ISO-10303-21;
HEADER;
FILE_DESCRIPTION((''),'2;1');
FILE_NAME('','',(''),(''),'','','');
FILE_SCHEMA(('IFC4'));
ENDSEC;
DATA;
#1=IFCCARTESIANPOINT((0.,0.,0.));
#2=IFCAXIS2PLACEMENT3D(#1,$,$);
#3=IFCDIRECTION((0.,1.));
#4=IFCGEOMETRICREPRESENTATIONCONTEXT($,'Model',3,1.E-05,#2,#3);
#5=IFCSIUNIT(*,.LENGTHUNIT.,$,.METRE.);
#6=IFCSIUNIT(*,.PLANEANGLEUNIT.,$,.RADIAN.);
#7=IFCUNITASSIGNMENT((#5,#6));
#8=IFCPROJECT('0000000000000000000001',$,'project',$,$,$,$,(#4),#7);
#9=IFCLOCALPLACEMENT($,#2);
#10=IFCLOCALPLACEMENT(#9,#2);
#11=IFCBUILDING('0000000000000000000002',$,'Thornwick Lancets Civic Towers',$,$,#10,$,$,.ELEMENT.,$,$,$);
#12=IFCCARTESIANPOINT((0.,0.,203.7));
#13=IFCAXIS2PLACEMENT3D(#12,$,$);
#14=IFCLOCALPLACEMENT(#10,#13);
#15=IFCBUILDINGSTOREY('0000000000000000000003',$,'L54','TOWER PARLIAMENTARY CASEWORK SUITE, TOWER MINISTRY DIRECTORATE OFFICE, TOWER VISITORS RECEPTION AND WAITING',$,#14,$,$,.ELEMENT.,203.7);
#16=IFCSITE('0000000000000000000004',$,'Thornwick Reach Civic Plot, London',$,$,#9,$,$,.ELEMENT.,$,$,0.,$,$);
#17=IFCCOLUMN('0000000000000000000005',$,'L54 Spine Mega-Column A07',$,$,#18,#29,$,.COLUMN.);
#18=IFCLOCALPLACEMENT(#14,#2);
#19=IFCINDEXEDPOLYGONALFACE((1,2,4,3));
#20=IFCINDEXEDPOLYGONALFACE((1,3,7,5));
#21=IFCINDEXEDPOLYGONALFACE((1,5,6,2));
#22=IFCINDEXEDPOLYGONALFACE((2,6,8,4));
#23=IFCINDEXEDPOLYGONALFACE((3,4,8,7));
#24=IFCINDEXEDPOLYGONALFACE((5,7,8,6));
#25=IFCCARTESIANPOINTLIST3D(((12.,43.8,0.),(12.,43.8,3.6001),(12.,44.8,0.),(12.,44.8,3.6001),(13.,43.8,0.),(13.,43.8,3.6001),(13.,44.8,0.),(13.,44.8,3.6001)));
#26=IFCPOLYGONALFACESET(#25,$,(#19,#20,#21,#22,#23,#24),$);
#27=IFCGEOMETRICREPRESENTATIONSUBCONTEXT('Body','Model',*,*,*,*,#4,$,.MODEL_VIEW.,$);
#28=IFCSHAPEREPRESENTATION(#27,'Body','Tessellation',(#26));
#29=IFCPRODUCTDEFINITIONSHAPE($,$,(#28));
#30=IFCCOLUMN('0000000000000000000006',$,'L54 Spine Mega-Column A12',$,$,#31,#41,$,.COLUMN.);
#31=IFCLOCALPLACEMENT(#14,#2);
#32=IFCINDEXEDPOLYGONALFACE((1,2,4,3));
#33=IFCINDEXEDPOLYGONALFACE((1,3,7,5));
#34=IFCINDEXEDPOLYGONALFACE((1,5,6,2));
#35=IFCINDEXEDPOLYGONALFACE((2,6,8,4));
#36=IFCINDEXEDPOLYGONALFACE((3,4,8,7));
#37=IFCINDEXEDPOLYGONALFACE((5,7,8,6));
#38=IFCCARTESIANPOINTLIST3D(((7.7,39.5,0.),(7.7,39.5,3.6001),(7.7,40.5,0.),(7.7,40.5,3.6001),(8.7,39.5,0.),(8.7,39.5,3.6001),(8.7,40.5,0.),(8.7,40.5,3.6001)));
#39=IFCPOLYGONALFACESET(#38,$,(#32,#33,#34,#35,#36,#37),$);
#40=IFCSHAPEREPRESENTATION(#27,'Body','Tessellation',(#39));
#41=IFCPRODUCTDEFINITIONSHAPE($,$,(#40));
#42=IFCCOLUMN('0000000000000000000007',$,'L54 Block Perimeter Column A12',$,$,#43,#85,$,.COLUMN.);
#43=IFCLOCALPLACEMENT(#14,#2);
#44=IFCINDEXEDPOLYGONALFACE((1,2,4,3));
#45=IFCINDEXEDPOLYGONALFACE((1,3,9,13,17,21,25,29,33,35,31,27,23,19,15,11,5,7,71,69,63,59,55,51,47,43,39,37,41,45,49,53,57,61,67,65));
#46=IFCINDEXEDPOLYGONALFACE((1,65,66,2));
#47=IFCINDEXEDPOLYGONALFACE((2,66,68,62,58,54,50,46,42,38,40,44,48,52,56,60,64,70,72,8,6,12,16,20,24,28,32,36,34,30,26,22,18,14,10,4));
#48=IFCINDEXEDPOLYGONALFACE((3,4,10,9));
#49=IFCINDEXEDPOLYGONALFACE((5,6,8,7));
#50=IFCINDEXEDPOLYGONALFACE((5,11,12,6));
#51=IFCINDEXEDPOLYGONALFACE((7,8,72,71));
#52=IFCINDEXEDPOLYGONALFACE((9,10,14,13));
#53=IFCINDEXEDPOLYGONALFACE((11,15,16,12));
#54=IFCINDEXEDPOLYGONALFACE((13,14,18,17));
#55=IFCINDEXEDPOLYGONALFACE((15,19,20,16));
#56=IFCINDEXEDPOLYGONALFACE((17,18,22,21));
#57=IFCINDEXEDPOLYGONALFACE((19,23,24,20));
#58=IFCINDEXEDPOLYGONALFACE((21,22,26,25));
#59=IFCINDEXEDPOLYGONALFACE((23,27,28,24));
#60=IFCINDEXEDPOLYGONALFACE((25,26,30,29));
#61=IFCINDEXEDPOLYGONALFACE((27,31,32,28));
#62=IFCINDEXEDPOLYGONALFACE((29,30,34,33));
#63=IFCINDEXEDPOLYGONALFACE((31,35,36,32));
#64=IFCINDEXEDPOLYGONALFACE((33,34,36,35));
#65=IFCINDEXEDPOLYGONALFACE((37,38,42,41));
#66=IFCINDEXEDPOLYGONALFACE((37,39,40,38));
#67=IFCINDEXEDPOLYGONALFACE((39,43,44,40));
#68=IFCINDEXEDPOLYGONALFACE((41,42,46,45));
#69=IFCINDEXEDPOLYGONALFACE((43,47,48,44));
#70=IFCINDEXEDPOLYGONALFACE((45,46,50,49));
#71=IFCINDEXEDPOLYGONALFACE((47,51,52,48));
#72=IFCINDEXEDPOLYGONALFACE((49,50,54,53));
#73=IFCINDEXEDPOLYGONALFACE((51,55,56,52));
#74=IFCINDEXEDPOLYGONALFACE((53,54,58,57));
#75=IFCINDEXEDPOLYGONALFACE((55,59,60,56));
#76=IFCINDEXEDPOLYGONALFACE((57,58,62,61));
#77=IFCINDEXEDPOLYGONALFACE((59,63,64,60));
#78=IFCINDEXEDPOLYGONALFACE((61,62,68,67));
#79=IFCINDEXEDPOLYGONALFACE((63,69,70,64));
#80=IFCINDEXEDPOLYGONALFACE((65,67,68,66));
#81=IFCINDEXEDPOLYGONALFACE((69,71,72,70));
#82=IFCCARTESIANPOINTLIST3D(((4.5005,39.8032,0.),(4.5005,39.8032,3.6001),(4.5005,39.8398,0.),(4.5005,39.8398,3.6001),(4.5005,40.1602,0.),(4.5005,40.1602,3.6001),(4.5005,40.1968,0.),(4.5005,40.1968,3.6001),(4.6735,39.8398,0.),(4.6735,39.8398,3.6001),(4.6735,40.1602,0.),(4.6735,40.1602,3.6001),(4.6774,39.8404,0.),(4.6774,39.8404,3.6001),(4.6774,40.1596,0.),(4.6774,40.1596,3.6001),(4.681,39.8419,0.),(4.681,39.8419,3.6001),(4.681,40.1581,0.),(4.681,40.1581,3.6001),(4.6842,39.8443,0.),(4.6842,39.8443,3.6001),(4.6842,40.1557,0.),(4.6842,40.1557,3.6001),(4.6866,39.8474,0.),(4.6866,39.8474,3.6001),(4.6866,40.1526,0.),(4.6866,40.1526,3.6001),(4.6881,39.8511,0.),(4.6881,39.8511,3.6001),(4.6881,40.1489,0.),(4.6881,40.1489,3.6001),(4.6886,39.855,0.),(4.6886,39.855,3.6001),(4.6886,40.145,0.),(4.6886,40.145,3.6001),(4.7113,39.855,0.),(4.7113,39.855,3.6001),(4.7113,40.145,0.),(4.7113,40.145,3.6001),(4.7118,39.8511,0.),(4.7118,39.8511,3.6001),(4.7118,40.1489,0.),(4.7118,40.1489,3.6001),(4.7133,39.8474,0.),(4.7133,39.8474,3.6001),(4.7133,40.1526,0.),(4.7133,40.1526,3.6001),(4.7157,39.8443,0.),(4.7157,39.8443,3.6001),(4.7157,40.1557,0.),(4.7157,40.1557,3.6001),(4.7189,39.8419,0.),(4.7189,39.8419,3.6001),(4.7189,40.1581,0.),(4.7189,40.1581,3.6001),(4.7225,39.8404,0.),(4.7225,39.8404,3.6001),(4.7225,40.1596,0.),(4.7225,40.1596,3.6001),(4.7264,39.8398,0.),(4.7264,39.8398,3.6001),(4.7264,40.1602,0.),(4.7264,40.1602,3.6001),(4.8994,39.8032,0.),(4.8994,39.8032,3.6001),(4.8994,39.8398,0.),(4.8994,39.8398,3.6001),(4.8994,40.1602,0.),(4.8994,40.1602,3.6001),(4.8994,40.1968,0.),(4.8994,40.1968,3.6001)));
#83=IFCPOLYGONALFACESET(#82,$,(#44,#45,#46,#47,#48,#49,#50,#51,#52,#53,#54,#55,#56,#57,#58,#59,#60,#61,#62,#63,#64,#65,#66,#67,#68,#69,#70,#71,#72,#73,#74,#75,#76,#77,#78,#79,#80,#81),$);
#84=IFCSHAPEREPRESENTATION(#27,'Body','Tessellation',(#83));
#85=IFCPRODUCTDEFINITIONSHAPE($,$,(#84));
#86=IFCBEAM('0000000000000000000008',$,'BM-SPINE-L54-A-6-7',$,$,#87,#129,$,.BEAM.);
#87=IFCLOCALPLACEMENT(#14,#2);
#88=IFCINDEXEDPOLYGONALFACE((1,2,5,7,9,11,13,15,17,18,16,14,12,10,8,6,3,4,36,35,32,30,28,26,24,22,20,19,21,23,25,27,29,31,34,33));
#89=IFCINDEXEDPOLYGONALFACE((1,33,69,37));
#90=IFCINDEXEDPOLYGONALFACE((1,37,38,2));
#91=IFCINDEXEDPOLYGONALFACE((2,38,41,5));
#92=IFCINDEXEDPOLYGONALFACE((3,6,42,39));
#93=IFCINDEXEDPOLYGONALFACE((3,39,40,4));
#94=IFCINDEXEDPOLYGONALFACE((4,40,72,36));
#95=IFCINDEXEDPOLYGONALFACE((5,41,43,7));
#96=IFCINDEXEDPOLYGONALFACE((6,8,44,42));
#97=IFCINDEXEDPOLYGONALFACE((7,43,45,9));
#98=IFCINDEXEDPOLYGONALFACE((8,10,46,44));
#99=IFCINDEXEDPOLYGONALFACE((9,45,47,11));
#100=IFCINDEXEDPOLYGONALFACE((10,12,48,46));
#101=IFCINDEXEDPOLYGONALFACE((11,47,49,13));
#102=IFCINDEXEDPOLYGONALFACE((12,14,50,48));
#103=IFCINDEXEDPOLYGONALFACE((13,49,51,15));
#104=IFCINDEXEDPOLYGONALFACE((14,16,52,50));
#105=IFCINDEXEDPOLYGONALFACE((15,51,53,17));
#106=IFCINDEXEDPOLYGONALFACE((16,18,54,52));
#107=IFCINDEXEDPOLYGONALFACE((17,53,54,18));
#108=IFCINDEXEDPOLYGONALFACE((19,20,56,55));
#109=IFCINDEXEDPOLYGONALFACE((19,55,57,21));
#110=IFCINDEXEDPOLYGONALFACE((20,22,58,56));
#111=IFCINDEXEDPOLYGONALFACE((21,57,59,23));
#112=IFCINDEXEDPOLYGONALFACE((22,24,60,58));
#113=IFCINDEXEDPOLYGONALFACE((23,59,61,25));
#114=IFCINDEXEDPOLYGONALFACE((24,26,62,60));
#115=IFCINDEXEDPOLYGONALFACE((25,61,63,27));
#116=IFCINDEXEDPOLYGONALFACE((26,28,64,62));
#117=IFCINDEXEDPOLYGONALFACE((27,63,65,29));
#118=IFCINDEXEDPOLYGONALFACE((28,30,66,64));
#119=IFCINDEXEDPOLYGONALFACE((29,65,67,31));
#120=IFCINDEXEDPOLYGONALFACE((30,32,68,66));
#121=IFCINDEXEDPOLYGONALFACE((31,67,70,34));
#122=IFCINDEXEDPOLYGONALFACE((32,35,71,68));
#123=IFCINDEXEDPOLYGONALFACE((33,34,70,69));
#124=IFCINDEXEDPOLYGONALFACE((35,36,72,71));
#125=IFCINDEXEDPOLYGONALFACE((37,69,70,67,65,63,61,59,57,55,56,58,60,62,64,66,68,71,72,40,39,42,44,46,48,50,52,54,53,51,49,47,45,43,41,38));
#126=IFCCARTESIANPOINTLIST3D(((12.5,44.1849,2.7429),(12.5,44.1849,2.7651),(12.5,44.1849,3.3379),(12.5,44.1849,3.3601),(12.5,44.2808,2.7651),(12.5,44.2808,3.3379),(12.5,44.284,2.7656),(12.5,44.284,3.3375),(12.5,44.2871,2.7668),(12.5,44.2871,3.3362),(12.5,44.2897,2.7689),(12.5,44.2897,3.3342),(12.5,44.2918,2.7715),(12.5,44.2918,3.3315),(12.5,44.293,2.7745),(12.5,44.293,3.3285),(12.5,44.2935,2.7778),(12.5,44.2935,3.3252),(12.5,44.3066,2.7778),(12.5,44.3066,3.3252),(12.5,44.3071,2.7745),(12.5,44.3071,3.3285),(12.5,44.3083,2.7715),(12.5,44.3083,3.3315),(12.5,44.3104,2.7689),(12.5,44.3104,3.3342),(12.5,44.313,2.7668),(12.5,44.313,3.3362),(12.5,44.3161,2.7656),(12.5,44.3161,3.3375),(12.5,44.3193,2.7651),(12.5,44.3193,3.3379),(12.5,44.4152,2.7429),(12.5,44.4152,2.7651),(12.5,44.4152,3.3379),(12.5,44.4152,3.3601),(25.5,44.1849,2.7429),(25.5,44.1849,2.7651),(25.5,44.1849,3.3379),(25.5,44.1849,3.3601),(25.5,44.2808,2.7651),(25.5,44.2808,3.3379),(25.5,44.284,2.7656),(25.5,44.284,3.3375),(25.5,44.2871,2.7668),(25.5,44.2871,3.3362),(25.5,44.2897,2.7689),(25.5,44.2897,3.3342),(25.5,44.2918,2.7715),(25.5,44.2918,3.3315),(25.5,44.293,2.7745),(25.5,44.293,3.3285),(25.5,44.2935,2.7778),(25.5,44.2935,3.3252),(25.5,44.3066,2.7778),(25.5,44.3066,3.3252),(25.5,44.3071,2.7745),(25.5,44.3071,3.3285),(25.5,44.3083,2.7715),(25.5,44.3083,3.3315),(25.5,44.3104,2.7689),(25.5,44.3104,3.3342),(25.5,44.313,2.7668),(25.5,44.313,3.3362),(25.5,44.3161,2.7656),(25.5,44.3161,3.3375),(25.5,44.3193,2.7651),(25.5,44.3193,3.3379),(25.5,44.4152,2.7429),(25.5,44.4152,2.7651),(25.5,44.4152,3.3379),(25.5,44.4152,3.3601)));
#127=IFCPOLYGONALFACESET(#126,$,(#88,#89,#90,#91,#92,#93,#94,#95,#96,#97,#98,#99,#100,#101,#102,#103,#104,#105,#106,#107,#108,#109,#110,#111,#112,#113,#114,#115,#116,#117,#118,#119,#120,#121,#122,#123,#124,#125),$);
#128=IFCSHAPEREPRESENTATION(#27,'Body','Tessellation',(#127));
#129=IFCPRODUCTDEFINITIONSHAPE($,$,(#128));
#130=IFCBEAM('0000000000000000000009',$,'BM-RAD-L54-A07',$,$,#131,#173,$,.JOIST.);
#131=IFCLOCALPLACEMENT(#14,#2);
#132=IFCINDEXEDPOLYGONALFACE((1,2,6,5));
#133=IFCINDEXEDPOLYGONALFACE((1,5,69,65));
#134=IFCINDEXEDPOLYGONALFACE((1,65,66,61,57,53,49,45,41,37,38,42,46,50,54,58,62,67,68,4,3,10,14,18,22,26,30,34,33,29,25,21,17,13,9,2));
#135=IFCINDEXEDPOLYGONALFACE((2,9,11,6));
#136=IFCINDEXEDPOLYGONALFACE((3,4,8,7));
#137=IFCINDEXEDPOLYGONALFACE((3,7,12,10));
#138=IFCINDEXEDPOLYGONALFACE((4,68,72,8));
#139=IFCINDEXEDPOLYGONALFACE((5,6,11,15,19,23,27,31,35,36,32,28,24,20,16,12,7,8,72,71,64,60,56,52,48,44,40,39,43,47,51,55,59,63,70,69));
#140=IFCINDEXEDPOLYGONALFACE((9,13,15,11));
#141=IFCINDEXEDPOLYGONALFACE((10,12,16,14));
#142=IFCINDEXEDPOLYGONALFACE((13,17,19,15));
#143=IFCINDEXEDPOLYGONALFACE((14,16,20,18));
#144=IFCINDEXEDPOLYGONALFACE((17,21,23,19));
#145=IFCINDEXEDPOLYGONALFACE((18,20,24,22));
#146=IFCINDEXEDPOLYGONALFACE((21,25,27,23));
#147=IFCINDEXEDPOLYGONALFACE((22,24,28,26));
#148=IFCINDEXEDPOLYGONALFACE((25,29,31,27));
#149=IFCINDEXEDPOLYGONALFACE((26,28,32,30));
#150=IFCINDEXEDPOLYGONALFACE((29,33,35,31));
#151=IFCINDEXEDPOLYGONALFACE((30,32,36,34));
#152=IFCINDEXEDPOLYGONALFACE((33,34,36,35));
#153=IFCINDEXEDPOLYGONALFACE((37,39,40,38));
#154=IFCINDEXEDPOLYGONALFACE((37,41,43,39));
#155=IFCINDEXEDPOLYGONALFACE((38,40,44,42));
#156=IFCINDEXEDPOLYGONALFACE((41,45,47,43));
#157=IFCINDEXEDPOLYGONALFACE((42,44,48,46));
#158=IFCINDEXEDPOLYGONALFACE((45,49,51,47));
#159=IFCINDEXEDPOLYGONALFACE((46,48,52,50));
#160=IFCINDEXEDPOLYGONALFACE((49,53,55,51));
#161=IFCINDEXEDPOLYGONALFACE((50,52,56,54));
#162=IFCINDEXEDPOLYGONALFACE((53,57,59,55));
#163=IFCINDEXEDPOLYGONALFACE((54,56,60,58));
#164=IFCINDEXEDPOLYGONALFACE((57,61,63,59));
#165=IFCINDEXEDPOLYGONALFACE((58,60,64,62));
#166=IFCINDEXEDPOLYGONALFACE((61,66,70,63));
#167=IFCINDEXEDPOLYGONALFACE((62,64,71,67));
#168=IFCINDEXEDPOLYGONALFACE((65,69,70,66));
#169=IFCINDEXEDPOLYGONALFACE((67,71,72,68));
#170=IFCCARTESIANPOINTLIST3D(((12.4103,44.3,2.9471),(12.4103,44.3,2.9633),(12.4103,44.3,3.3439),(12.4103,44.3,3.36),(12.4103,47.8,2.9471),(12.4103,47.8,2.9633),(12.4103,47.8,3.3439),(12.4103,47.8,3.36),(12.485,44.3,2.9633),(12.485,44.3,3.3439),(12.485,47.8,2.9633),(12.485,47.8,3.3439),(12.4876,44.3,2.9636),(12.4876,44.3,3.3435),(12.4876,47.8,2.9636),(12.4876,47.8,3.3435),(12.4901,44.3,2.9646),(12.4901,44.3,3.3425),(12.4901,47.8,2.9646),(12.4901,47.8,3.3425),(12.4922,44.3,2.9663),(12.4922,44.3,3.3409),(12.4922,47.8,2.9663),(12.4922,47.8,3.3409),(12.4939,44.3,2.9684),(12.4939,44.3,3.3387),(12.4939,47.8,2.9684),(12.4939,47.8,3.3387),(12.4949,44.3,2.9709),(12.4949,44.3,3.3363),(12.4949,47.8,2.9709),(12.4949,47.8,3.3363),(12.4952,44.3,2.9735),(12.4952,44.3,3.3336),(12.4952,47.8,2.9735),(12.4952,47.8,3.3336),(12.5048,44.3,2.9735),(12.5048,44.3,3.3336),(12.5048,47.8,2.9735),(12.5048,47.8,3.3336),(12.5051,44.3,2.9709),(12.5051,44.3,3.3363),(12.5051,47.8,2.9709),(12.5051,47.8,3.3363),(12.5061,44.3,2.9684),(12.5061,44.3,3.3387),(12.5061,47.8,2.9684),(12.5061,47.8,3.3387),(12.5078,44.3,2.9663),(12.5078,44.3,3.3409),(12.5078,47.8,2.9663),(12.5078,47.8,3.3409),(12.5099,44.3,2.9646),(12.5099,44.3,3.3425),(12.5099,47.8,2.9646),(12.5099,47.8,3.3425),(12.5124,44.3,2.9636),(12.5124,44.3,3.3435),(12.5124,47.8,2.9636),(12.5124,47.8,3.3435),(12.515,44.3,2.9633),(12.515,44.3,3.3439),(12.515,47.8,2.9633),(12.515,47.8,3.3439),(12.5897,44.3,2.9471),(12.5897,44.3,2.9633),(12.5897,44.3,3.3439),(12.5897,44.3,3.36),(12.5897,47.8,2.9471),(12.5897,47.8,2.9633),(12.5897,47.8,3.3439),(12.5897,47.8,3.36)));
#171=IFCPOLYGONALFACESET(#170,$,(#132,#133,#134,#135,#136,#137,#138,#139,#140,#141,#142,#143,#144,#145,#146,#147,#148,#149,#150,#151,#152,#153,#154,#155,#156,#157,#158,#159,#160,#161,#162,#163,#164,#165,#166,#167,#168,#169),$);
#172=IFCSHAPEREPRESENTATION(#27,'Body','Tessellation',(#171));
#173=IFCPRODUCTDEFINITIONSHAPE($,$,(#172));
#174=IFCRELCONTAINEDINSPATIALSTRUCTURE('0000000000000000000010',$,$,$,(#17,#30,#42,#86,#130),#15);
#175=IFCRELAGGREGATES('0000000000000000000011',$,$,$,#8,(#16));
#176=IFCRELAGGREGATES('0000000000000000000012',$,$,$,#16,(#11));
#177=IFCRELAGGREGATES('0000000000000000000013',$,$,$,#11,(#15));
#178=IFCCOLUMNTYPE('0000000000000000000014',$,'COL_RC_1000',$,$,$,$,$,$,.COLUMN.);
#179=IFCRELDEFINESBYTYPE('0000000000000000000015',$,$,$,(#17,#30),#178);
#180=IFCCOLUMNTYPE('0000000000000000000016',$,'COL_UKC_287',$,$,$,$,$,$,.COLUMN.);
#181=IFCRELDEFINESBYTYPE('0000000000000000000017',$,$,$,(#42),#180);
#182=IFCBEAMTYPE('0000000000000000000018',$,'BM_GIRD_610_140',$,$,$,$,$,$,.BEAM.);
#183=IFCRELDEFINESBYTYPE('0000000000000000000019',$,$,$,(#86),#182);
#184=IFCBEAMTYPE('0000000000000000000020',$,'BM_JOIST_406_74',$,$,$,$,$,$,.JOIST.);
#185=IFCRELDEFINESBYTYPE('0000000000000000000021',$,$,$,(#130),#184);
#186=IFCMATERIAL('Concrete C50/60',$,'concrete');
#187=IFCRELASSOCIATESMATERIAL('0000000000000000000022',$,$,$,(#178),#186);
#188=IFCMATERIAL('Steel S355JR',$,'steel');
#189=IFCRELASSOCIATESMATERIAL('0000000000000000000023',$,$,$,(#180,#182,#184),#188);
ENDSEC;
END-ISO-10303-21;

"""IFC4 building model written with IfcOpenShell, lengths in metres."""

from ifc_helpers import new_model, si_unit, direction, frame, origin, origin_2d, place, context, subcontext, project, spatial, rectangle, i_section, extrude, material, material_profile, profile_set, type_object, element, save


model = new_model("IFC4")

# Units and contexts
model_context = context("Model", 3, precision=1e-05, world=origin(), true_north=direction((0.0, 1.0)))
body_context = subcontext(model_context, "Body", "Model", "MODEL_VIEW")
ifc_project = project(units=[si_unit("LENGTHUNIT", "METRE"), si_unit("PLANEANGLEUNIT", "RADIAN")], contexts=[model_context])

# Site, building, storey
site_placement = place(None, origin())
site = spatial("IfcSite", under=ifc_project, at=site_placement, Name="Thornwick Reach Civic Plot, London", CompositionType="ELEMENT", RefElevation=0.0)
building_placement = place(site_placement, origin())
building = spatial("IfcBuilding", under=site, at=building_placement, Name="Thornwick Lancets Civic Towers", CompositionType="ELEMENT")
storey_placement = place(building_placement, frame((0.0, 0.0, 203.7)))
storey = spatial("IfcBuildingStorey", under=building, at=storey_placement, Name="L54", Description="TOWER PARLIAMENTARY CASEWORK SUITE, TOWER MINISTRY DIRECTORATE OFFICE, TOWER VISITORS RECEPTION AND WAITING", CompositionType="ELEMENT", Elevation=203.7)

# Columns
ifc_material_1 = material(Name="Concrete C50/60", Category="concrete")
ifc_material_profile_1 = material_profile(ifc_material_1, rectangle(XDim=1.0, YDim=1.0, at=origin_2d()), Name="RC 1000x1000")
ifc_profile_set_1 = profile_set([ifc_material_profile_1], Name="Concrete C50/60")
column_type_1 = type_object("IfcColumnType", Name="COL_RC_1000", PredefinedType="COLUMN", material=ifc_profile_set_1)
for number, where, z_axis, x_axis, name in (
    (1, (12.5, 44.3, 0.0), (0.0, 0.0, 1.0), (1.0, 0.0, 0.0), "L54 Spine Mega-Column A07"),
    (2, (8.2, 40.0, 0.0), (0.0, 0.0, 1.0), (1.0, 0.0, 0.0), "L54 Spine Mega-Column A12"),
):
    element("IfcColumn", number, at=place(storey_placement, frame(where, z_axis=z_axis, x_axis=x_axis)), inside=storey, type_object=column_type_1, Name=name, PredefinedType="COLUMN", context=body_context, shape_type="SweptSolid", body=[
        extrude(rectangle(XDim=1.0, YDim=1.0, at=origin_2d()), origin(), (0.0, 0.0, 1.0), 3.6001),
    ])
ifc_material_2 = material(Name="Steel S355JR", Category="steel")
ifc_material_profile_2 = material_profile(ifc_material_2, i_section(OverallWidth=0.3989, OverallDepth=0.3936, WebThickness=0.0227, FlangeThickness=0.0366, FilletRadius=0.0151, at=origin_2d()), Name="UKC 356x406x287")
ifc_profile_set_2 = profile_set([ifc_material_profile_2], Name="Steel S355JR")
column_type_2 = type_object("IfcColumnType", Name="COL_UKC_287", PredefinedType="COLUMN", material=ifc_profile_set_2)
column_placement = place(storey_placement, frame((4.7, 40.0, 0.0), z_axis=(0.0, 0.0, 1.0), x_axis=(1.0, 0.0, 0.0)))
element("IfcColumn", 3, at=column_placement, inside=storey, type_object=column_type_2, Name="L54 Block Perimeter Column A12", PredefinedType="COLUMN", context=body_context, shape_type="SweptSolid", body=[
    extrude(i_section(OverallWidth=0.3989, OverallDepth=0.3936, WebThickness=0.0227, FlangeThickness=0.0366, FilletRadius=0.0151, at=origin_2d()), origin(), (0.0, 0.0, 1.0), 3.6001),
])

# Beams
ifc_material_profile_3 = material_profile(ifc_material_2, i_section(OverallWidth=0.2302, OverallDepth=0.6172, WebThickness=0.0132, FlangeThickness=0.0222, FilletRadius=0.0127, at=origin_2d()), Name="UKB 610x229x140")
ifc_profile_set_3 = profile_set([ifc_material_profile_3], Name="Steel S355JR")
beam_type_1 = type_object("IfcBeamType", Name="BM_GIRD_610_140", PredefinedType="BEAM", material=ifc_profile_set_3)
beam_1_placement = place(storey_placement, frame((12.5, 44.3, 3.0515), z_axis=(1.0, 0.0, 0.0), x_axis=(0.0, 1.0, 0.0)))
element("IfcBeam", 4, at=beam_1_placement, inside=storey, type_object=beam_type_1, Name="BM-SPINE-L54-A-6-7", PredefinedType="BEAM", context=body_context, shape_type="SweptSolid", body=[
    extrude(i_section(OverallWidth=0.2302, OverallDepth=0.6172, WebThickness=0.0132, FlangeThickness=0.0222, FilletRadius=0.0127, at=origin_2d()), origin(), (0.0, 0.0, 1.0), 13.0),
])
ifc_material_profile_4 = material_profile(ifc_material_2, i_section(OverallWidth=0.1794, OverallDepth=0.4128, WebThickness=0.0095, FlangeThickness=0.0161, FilletRadius=0.0103, at=origin_2d()), Name="UKB 406x178x74")
ifc_profile_set_4 = profile_set([ifc_material_profile_4], Name="Steel S355JR")
beam_type_2 = type_object("IfcBeamType", Name="BM_JOIST_406_74", PredefinedType="JOIST", material=ifc_profile_set_4)
for number, where, z_axis, x_axis, name in (
    (5, (12.5, 44.3, 3.1536), (0.0, 1.0, 0.0), (-1.0, 0.0, 0.0), "BM-RAD-L54-A07"),
):
    element("IfcBeam", number, at=place(storey_placement, frame(where, z_axis=z_axis, x_axis=x_axis)), inside=storey, type_object=beam_type_2, Name=name, PredefinedType="JOIST", context=body_context, shape_type="SweptSolid", body=[
        extrude(i_section(OverallWidth=0.1794, OverallDepth=0.4128, WebThickness=0.0095, FlangeThickness=0.0161, FilletRadius=0.0103, at=origin_2d()), origin(), (0.0, 0.0, 1.0), 3.5),
    ])

save(model, "model.ifc")
